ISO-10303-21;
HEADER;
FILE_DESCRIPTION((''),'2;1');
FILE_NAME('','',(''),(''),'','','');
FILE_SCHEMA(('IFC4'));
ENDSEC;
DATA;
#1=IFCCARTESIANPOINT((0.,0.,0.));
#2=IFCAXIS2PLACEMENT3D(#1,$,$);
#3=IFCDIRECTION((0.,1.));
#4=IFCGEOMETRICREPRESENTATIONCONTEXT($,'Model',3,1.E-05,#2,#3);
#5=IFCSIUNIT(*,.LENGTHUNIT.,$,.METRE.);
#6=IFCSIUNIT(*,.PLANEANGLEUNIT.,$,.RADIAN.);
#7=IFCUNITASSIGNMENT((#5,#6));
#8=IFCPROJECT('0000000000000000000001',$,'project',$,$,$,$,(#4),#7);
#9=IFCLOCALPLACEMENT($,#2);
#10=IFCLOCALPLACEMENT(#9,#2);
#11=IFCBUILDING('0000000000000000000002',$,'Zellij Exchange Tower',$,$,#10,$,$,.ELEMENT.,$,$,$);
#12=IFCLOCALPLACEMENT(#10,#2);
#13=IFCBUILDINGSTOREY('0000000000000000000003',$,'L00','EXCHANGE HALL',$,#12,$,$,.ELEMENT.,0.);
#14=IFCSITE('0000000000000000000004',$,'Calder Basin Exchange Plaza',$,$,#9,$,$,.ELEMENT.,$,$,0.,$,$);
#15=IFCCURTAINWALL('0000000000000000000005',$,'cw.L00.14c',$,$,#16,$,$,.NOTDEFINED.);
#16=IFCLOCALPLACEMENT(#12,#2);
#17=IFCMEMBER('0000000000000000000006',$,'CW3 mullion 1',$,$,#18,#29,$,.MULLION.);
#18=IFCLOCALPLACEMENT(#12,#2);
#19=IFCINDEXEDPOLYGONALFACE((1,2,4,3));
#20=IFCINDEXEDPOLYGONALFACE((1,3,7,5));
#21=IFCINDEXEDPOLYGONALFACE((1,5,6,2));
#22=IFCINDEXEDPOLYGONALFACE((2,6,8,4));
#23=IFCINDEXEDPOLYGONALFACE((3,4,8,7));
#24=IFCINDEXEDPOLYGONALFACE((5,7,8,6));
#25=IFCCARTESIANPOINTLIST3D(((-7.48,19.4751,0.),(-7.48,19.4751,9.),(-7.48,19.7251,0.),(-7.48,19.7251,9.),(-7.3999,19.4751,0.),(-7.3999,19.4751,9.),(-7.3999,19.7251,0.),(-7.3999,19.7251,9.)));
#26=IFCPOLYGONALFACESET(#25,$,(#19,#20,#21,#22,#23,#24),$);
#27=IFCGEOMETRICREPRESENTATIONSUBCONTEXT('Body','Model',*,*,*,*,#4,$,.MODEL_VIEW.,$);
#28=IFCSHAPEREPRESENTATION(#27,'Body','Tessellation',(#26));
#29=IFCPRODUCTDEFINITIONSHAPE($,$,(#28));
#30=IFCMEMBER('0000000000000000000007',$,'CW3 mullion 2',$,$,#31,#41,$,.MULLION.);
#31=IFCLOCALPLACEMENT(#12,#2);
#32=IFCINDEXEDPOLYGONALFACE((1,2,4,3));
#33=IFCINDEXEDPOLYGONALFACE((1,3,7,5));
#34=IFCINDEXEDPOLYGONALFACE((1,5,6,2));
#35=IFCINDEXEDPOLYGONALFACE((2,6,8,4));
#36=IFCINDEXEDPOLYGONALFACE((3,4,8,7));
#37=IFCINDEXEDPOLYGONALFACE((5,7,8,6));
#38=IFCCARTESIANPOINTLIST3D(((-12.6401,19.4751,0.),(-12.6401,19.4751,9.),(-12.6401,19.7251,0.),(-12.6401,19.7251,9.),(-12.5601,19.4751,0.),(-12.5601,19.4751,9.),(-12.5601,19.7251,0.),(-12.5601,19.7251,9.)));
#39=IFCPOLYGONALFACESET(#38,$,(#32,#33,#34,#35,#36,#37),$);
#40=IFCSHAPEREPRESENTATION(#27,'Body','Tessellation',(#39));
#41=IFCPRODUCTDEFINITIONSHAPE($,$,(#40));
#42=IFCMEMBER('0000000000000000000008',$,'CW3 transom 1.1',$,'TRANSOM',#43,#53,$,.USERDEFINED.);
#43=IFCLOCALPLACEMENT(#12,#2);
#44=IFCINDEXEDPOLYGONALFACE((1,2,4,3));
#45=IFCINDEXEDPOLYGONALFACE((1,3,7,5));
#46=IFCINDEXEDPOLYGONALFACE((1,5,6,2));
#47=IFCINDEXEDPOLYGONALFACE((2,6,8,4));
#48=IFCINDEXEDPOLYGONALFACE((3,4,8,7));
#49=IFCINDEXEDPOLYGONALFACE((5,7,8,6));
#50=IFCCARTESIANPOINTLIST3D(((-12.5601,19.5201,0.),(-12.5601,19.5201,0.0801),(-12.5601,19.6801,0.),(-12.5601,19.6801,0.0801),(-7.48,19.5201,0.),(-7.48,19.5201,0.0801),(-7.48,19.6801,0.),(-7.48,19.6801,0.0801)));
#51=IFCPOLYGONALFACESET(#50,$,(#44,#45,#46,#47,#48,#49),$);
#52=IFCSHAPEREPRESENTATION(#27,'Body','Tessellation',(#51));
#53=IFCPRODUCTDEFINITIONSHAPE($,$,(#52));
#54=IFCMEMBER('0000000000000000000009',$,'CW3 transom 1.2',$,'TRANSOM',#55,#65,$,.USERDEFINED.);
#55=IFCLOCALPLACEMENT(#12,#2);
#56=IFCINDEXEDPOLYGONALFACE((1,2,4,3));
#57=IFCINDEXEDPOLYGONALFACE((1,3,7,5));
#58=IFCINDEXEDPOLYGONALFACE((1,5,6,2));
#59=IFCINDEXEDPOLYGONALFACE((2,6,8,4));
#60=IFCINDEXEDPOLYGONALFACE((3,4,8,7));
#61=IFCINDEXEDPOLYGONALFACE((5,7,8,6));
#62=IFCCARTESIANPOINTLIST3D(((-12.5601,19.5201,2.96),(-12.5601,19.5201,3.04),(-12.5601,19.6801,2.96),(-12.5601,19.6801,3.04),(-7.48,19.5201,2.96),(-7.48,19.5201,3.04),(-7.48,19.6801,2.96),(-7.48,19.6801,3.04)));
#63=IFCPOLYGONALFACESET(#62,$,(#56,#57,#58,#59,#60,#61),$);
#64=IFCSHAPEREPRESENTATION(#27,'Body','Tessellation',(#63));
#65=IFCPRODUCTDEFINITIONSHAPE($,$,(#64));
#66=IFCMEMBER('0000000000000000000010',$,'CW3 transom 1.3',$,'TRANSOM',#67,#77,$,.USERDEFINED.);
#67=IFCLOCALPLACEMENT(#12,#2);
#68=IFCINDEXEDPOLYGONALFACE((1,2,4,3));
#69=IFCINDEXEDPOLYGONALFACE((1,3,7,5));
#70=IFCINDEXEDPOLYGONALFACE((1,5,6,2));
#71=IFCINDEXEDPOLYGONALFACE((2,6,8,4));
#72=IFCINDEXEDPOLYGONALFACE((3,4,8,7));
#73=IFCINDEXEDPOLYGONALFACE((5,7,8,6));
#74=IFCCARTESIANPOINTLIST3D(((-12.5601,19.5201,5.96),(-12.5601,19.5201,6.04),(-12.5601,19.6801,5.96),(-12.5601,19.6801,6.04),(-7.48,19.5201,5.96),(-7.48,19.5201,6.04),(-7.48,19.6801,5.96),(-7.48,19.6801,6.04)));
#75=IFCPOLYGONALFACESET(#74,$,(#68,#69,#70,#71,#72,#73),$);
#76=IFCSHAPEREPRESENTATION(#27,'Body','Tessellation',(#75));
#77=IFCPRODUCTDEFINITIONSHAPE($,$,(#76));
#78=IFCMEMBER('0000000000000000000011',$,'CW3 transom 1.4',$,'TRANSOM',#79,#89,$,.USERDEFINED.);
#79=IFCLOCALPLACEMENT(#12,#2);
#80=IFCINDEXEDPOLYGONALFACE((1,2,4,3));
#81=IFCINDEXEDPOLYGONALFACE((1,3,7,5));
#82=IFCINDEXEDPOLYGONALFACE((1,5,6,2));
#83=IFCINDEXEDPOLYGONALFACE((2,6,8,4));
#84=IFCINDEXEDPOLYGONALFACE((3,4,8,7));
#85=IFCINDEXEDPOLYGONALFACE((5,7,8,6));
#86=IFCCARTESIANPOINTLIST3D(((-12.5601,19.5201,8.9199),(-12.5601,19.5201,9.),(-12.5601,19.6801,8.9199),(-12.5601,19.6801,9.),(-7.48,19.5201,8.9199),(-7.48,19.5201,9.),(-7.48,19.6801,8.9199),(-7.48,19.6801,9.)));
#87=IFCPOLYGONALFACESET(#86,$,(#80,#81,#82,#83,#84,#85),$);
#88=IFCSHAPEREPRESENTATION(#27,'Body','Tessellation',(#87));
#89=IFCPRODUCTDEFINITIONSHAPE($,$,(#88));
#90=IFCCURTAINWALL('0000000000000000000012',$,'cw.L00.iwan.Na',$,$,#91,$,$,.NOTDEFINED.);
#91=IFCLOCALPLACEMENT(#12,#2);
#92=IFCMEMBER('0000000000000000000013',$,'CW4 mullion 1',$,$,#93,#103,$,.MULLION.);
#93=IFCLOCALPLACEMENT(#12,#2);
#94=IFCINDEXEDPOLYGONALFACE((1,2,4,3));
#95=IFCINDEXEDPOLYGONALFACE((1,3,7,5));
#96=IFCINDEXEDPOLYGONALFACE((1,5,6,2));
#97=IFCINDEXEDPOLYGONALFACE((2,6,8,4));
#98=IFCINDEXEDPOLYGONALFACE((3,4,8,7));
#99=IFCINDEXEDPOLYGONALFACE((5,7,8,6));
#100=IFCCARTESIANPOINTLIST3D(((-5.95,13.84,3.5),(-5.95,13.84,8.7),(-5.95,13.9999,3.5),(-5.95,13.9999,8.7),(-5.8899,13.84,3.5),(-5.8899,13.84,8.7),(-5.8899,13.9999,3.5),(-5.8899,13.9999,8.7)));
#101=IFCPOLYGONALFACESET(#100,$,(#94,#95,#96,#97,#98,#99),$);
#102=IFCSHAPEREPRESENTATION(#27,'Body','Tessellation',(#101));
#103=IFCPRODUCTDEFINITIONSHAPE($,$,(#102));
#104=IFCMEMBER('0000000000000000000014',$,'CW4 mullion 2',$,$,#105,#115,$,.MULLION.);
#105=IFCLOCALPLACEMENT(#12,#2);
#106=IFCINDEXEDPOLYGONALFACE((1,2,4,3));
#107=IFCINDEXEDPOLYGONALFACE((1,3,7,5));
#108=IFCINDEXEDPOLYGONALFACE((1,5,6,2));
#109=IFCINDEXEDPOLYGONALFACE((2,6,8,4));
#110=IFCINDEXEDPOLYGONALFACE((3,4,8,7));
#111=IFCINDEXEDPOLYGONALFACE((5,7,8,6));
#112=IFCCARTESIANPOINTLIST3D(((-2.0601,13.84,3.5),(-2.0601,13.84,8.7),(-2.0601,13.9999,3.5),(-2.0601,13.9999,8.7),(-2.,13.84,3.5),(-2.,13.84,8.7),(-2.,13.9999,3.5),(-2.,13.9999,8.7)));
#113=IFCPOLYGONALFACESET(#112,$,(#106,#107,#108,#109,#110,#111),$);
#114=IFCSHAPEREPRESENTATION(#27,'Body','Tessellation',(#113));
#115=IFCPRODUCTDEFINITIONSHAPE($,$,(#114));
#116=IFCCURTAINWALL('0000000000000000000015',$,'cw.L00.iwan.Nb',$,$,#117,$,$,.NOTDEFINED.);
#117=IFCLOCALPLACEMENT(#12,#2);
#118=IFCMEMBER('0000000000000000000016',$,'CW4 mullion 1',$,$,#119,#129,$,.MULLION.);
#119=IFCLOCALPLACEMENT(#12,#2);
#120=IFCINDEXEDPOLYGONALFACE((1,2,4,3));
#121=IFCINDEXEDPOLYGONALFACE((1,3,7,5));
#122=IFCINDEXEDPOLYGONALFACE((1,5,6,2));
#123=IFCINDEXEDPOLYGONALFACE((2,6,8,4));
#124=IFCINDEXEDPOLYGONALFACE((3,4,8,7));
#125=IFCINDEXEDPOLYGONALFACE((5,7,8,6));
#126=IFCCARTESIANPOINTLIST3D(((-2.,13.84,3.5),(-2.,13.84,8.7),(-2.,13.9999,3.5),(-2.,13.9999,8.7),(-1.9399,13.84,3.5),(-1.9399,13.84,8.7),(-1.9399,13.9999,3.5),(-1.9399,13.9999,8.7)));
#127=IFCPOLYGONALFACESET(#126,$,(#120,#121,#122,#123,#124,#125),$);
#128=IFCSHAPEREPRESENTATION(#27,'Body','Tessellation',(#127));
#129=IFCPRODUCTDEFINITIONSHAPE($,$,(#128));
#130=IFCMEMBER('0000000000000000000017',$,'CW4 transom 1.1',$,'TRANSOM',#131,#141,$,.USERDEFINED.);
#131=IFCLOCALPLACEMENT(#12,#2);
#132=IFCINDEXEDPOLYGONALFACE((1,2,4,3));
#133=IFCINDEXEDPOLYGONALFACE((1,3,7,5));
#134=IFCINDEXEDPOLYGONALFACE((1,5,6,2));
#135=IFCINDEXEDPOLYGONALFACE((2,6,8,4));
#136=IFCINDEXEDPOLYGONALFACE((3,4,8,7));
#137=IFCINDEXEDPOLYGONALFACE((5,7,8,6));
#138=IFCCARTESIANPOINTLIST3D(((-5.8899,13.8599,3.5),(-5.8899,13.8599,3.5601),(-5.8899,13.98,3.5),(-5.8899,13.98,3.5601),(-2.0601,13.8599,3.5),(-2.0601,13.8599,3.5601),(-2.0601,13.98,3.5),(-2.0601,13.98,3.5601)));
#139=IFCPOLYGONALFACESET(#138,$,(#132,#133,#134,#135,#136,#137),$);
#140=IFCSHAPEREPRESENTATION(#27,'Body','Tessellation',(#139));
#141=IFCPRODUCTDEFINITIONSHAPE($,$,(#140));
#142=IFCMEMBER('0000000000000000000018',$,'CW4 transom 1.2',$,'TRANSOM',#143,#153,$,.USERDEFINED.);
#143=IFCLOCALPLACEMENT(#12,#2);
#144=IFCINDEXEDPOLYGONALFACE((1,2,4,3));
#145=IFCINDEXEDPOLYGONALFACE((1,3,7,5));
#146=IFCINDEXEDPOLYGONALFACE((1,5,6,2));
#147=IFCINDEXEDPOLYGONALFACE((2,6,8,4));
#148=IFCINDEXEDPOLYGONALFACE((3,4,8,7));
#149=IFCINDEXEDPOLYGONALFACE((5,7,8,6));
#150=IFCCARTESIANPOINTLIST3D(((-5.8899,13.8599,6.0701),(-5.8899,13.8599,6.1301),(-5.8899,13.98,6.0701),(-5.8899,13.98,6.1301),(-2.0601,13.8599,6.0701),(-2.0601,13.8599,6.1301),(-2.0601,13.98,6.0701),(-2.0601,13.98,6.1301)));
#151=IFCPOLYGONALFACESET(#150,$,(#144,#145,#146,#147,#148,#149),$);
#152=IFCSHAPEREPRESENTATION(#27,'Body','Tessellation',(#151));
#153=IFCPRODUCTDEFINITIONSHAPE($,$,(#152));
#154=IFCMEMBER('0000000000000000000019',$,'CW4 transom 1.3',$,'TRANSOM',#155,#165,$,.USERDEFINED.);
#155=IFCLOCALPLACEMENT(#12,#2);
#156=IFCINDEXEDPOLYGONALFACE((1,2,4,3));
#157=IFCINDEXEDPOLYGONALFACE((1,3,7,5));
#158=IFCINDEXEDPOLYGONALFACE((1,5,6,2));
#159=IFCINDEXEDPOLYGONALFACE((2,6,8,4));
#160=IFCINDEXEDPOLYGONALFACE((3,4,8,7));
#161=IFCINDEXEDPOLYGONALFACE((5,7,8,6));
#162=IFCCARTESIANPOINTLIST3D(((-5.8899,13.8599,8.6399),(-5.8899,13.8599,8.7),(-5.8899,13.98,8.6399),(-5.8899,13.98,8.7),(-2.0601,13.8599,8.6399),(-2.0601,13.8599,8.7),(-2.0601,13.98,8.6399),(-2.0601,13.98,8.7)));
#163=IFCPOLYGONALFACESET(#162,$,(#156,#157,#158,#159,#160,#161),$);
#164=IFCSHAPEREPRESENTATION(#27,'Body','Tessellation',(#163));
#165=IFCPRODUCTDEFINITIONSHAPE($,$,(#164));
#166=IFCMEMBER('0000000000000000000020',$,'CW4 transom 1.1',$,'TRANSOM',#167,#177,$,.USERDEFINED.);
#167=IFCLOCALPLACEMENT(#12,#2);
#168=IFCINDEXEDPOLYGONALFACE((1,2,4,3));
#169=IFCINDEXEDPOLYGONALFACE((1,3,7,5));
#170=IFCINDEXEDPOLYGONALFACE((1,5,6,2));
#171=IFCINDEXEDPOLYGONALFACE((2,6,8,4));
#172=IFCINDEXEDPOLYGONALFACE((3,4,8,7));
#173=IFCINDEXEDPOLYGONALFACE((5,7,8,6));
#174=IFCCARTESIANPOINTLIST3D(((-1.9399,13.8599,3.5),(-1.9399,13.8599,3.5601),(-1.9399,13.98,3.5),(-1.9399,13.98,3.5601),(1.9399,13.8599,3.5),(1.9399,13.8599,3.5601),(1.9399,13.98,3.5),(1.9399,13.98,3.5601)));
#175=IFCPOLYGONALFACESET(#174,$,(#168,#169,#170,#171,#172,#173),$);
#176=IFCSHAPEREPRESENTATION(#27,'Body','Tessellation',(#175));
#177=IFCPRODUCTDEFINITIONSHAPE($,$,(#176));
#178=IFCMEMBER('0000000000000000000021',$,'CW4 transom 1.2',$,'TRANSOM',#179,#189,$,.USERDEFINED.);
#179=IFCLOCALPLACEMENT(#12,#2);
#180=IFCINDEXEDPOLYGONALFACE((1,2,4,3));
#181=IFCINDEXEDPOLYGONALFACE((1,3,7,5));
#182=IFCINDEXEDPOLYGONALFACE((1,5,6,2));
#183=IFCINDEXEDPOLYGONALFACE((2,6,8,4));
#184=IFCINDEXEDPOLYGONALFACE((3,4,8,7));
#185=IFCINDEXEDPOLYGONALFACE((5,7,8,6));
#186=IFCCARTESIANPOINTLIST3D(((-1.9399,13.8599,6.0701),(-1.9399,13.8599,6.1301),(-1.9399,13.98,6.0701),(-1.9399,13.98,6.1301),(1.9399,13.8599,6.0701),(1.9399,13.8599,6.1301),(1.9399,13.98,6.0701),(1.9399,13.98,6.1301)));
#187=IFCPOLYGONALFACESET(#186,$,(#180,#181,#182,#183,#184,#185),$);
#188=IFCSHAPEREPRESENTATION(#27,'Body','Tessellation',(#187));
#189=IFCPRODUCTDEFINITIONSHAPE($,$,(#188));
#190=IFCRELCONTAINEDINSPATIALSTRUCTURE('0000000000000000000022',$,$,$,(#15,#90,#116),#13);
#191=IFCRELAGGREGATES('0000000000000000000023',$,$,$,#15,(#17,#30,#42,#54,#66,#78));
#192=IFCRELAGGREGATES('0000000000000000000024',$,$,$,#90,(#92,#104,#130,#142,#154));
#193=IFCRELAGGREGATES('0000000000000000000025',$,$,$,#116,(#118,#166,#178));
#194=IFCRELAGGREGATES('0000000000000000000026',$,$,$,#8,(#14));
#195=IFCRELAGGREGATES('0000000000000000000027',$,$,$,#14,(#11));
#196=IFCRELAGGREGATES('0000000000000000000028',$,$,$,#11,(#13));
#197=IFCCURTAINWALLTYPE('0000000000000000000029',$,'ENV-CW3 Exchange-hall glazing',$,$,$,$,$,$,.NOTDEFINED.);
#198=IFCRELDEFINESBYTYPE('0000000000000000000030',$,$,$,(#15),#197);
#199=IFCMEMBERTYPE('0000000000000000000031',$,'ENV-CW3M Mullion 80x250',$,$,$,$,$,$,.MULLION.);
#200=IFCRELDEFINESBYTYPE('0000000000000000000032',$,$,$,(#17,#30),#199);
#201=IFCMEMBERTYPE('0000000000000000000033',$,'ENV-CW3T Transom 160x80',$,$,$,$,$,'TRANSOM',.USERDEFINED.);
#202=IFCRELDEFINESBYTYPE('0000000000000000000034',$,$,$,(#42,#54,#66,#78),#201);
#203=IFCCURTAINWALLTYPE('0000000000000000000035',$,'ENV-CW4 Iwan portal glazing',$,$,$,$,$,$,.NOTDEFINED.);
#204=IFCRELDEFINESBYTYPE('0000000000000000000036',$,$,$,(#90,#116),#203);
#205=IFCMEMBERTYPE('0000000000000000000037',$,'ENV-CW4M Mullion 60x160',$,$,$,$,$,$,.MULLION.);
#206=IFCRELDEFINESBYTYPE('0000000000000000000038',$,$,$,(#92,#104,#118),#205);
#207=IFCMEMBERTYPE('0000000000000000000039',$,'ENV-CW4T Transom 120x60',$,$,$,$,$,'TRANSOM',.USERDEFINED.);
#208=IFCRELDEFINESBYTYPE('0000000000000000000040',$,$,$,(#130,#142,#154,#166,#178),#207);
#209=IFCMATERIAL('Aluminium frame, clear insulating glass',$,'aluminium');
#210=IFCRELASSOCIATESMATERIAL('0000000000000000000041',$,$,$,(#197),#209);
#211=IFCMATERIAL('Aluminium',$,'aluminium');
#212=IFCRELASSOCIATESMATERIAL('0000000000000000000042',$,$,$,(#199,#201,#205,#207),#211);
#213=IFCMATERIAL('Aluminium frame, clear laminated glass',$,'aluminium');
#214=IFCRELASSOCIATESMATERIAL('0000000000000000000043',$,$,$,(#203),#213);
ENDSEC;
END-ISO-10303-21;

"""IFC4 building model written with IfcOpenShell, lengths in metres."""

from ifc_helpers import new_model, si_unit, direction, frame, origin, origin_2d, place, context, subcontext, project, spatial, rectangle, extrude, material, material_profile, profile_set, type_object, element, aggregate, save


model = new_model("IFC4")

# Units and contexts
model_context = context("Model", 3, precision=1e-05, world=origin(), true_north=direction((0.0, 1.0)))
body_context = subcontext(model_context, "Body", "Model", "MODEL_VIEW")
ifc_project = project(units=[si_unit("LENGTHUNIT", "METRE"), si_unit("PLANEANGLEUNIT", "RADIAN")], contexts=[model_context])

# Site, building, storey
site_placement = place(None, origin())
site = spatial("IfcSite", under=ifc_project, at=site_placement, Name="Calder Basin Exchange Plaza", CompositionType="ELEMENT", RefElevation=0.0)
building_placement = place(site_placement, origin())
building = spatial("IfcBuilding", under=site, at=building_placement, Name="Zellij Exchange Tower", CompositionType="ELEMENT")
storey_placement = place(building_placement, origin())
storey = spatial("IfcBuildingStorey", under=building, at=storey_placement, Name="L00", Description="EXCHANGE HALL", CompositionType="ELEMENT", Elevation=0.0)

# Curtain walls, members
ifc_material_1 = material(Name="Aluminium frame, clear insulating glass", Category="aluminium")
curtain_wall_type_1 = type_object("IfcCurtainWallType", Name="ENV-CW3 Exchange-hall glazing", PredefinedType="NOTDEFINED", material=ifc_material_1)
curtain_wall_1_placement = place(storey_placement, origin())
curtain_wall_1 = element("IfcCurtainWall", 1, at=curtain_wall_1_placement, inside=storey, type_object=curtain_wall_type_1, Name="cw.L00.14c", PredefinedType="NOTDEFINED")
ifc_material_2 = material(Name="Aluminium", Category="aluminium")
ifc_material_profile_1 = material_profile(ifc_material_2, rectangle(XDim=0.0801, YDim=0.25, at=origin_2d()), Name="AL 80x250")
ifc_profile_set_1 = profile_set([ifc_material_profile_1], Name="Aluminium")
member_type_1 = type_object("IfcMemberType", Name="ENV-CW3M Mullion 80x250", PredefinedType="MULLION", material=ifc_profile_set_1)
member_1_placement = place(storey_placement, frame((-7.4399, 19.6001, 0.0), z_axis=(0.0, 0.0, 1.0), x_axis=(-1.0, 0.0, 0.0)))
member_1 = element("IfcMember", 2, at=member_1_placement, type_object=member_type_1, Name="CW3 mullion 1", PredefinedType="MULLION", context=body_context, shape_type="SweptSolid", body=[
    extrude(rectangle(XDim=0.0801, YDim=0.25, at=origin_2d()), origin(), (0.0, 0.0, 1.0), 9.0),
])
member_2_placement = place(storey_placement, frame((-12.6001, 19.6001, 0.0), z_axis=(0.0, 0.0, 1.0), x_axis=(-1.0, 0.0, 0.0)))
member_2 = element("IfcMember", 3, at=member_2_placement, type_object=member_type_1, Name="CW3 mullion 2", PredefinedType="MULLION", context=body_context, shape_type="SweptSolid", body=[
    extrude(rectangle(XDim=0.0801, YDim=0.25, at=origin_2d()), origin(), (0.0, 0.0, 1.0), 9.0),
])
ifc_material_profile_2 = material_profile(ifc_material_2, rectangle(XDim=0.1599, YDim=0.0801, at=origin_2d()), Name="AL 160x80")
ifc_profile_set_2 = profile_set([ifc_material_profile_2], Name="Aluminium")
member_type_2 = type_object("IfcMemberType", Name="ENV-CW3T Transom 160x80", ElementType="TRANSOM", PredefinedType="USERDEFINED", material=ifc_profile_set_2)
member_3_placement = place(storey_placement, frame((-7.48, 19.6001, 0.04), z_axis=(-1.0, 0.0, 0.0), x_axis=(0.0, -1.0, 0.0)))
member_3 = element("IfcMember", 4, at=member_3_placement, type_object=member_type_2, Name="CW3 transom 1.1", ObjectType="TRANSOM", PredefinedType="USERDEFINED", context=body_context, shape_type="SweptSolid", body=[
    extrude(rectangle(XDim=0.1599, YDim=0.0801, at=origin_2d()), origin(), (0.0, 0.0, 1.0), 5.0801),
])
member_4_placement = place(storey_placement, frame((-7.48, 19.6001, 3.0), z_axis=(-1.0, 0.0, 0.0), x_axis=(0.0, -1.0, 0.0)))
member_4 = element("IfcMember", 5, at=member_4_placement, type_object=member_type_2, Name="CW3 transom 1.2", ObjectType="TRANSOM", PredefinedType="USERDEFINED", context=body_context, shape_type="SweptSolid", body=[
    extrude(rectangle(XDim=0.1599, YDim=0.0801, at=origin_2d()), origin(), (0.0, 0.0, 1.0), 5.0801),
])
member_5_placement = place(storey_placement, frame((-7.48, 19.6001, 6.0), z_axis=(-1.0, 0.0, 0.0), x_axis=(0.0, -1.0, 0.0)))
member_5 = element("IfcMember", 6, at=member_5_placement, type_object=member_type_2, Name="CW3 transom 1.3", ObjectType="TRANSOM", PredefinedType="USERDEFINED", context=body_context, shape_type="SweptSolid", body=[
    extrude(rectangle(XDim=0.1599, YDim=0.0801, at=origin_2d()), origin(), (0.0, 0.0, 1.0), 5.0801),
])
member_6_placement = place(storey_placement, frame((-7.48, 19.6001, 8.96), z_axis=(-1.0, 0.0, 0.0), x_axis=(0.0, -1.0, 0.0)))
member_6 = element("IfcMember", 7, at=member_6_placement, type_object=member_type_2, Name="CW3 transom 1.4", ObjectType="TRANSOM", PredefinedType="USERDEFINED", context=body_context, shape_type="SweptSolid", body=[
    extrude(rectangle(XDim=0.1599, YDim=0.0801, at=origin_2d()), origin(), (0.0, 0.0, 1.0), 5.0801),
])
ifc_material_3 = material(Name="Aluminium frame, clear laminated glass", Category="aluminium")
curtain_wall_type_2 = type_object("IfcCurtainWallType", Name="ENV-CW4 Iwan portal glazing", PredefinedType="NOTDEFINED", material=ifc_material_3)
curtain_wall_2_placement = place(storey_placement, origin())
curtain_wall_2 = element("IfcCurtainWall", 8, at=curtain_wall_2_placement, inside=storey, type_object=curtain_wall_type_2, Name="cw.L00.iwan.Na", PredefinedType="NOTDEFINED")
ifc_material_profile_3 = material_profile(ifc_material_2, rectangle(XDim=0.0601, YDim=0.1599, at=origin_2d()), Name="AL 60x160")
ifc_profile_set_3 = profile_set([ifc_material_profile_3], Name="Aluminium")
member_type_3 = type_object("IfcMemberType", Name="ENV-CW4M Mullion 60x160", PredefinedType="MULLION", material=ifc_profile_set_3)
member_7_placement = place(storey_placement, frame((-5.9199, 13.9199, 3.5), z_axis=(0.0, 0.0, 1.0), x_axis=(1.0, 0.0, 0.0)))
member_7 = element("IfcMember", 9, at=member_7_placement, type_object=member_type_3, Name="CW4 mullion 1", PredefinedType="MULLION", context=body_context, shape_type="SweptSolid", body=[
    extrude(rectangle(XDim=0.0601, YDim=0.1599, at=origin_2d()), origin(), (0.0, 0.0, 1.0), 5.2),
])
member_8_placement = place(storey_placement, frame((-2.03, 13.9199, 3.5), z_axis=(0.0, 0.0, 1.0), x_axis=(1.0, 0.0, 0.0)))
member_8 = element("IfcMember", 10, at=member_8_placement, type_object=member_type_3, Name="CW4 mullion 2", PredefinedType="MULLION", context=body_context, shape_type="SweptSolid", body=[
    extrude(rectangle(XDim=0.0601, YDim=0.1599, at=origin_2d()), origin(), (0.0, 0.0, 1.0), 5.2),
])

# Curtain wall, member
curtain_wall_3_placement = place(storey_placement, origin())
curtain_wall_3 = element("IfcCurtainWall", 11, at=curtain_wall_3_placement, inside=storey, type_object=curtain_wall_type_2, Name="cw.L00.iwan.Nb", PredefinedType="NOTDEFINED")
member_9_placement = place(storey_placement, frame((-1.97, 13.9199, 3.5), z_axis=(0.0, 0.0, 1.0), x_axis=(1.0, 0.0, 0.0)))
member_9 = element("IfcMember", 12, at=member_9_placement, type_object=member_type_3, Name="CW4 mullion 1", PredefinedType="MULLION", context=body_context, shape_type="SweptSolid", body=[
    extrude(rectangle(XDim=0.0601, YDim=0.1599, at=origin_2d()), origin(), (0.0, 0.0, 1.0), 5.2),
])

# Members
ifc_material_profile_4 = material_profile(ifc_material_2, rectangle(XDim=0.1201, YDim=0.0601, at=origin_2d()), Name="AL 120x60")
ifc_profile_set_4 = profile_set([ifc_material_profile_4], Name="Aluminium")
member_type_4 = type_object("IfcMemberType", Name="ENV-CW4T Transom 120x60", ElementType="TRANSOM", PredefinedType="USERDEFINED", material=ifc_profile_set_4)
member_10_placement = place(storey_placement, frame((-5.8899, 13.9199, 3.53), z_axis=(1.0, 0.0, 0.0), x_axis=(0.0, 1.0, 0.0)))
member_10 = element("IfcMember", 13, at=member_10_placement, type_object=member_type_4, Name="CW4 transom 1.1", ObjectType="TRANSOM", PredefinedType="USERDEFINED", context=body_context, shape_type="SweptSolid", body=[
    extrude(rectangle(XDim=0.1201, YDim=0.0601, at=origin_2d()), origin(), (0.0, 0.0, 1.0), 3.8298),
])
member_11_placement = place(storey_placement, frame((-5.8899, 13.9199, 6.1001), z_axis=(1.0, 0.0, 0.0), x_axis=(0.0, 1.0, 0.0)))
member_11 = element("IfcMember", 14, at=member_11_placement, type_object=member_type_4, Name="CW4 transom 1.2", ObjectType="TRANSOM", PredefinedType="USERDEFINED", context=body_context, shape_type="SweptSolid", body=[
    extrude(rectangle(XDim=0.1201, YDim=0.0601, at=origin_2d()), origin(), (0.0, 0.0, 1.0), 3.8298),
])
member_12_placement = place(storey_placement, frame((-5.8899, 13.9199, 8.6699), z_axis=(1.0, 0.0, 0.0), x_axis=(0.0, 1.0, 0.0)))
member_12 = element("IfcMember", 15, at=member_12_placement, type_object=member_type_4, Name="CW4 transom 1.3", ObjectType="TRANSOM", PredefinedType="USERDEFINED", context=body_context, shape_type="SweptSolid", body=[
    extrude(rectangle(XDim=0.1201, YDim=0.0601, at=origin_2d()), origin(), (0.0, 0.0, 1.0), 3.8298),
])
member_13_placement = place(storey_placement, frame((-1.9399, 13.9199, 3.53), z_axis=(1.0, 0.0, 0.0), x_axis=(0.0, 1.0, 0.0)))
member_13 = element("IfcMember", 16, at=member_13_placement, type_object=member_type_4, Name="CW4 transom 1.1", ObjectType="TRANSOM", PredefinedType="USERDEFINED", context=body_context, shape_type="SweptSolid", body=[
    extrude(rectangle(XDim=0.1201, YDim=0.0601, at=origin_2d()), origin(), (0.0, 0.0, 1.0), 3.8799),
])
member_14_placement = place(storey_placement, frame((-1.9399, 13.9199, 6.1001), z_axis=(1.0, 0.0, 0.0), x_axis=(0.0, 1.0, 0.0)))
member_14 = element("IfcMember", 17, at=member_14_placement, type_object=member_type_4, Name="CW4 transom 1.2", ObjectType="TRANSOM", PredefinedType="USERDEFINED", context=body_context, shape_type="SweptSolid", body=[
    extrude(rectangle(XDim=0.1201, YDim=0.0601, at=origin_2d()), origin(), (0.0, 0.0, 1.0), 3.8799),
])

aggregate(curtain_wall_1, [member_1, member_2, member_3, member_4, member_5, member_6])
aggregate(curtain_wall_2, [member_7, member_8, member_10, member_11, member_12])
aggregate(curtain_wall_3, [member_9, member_13, member_14])

save(model, "model.ifc")
